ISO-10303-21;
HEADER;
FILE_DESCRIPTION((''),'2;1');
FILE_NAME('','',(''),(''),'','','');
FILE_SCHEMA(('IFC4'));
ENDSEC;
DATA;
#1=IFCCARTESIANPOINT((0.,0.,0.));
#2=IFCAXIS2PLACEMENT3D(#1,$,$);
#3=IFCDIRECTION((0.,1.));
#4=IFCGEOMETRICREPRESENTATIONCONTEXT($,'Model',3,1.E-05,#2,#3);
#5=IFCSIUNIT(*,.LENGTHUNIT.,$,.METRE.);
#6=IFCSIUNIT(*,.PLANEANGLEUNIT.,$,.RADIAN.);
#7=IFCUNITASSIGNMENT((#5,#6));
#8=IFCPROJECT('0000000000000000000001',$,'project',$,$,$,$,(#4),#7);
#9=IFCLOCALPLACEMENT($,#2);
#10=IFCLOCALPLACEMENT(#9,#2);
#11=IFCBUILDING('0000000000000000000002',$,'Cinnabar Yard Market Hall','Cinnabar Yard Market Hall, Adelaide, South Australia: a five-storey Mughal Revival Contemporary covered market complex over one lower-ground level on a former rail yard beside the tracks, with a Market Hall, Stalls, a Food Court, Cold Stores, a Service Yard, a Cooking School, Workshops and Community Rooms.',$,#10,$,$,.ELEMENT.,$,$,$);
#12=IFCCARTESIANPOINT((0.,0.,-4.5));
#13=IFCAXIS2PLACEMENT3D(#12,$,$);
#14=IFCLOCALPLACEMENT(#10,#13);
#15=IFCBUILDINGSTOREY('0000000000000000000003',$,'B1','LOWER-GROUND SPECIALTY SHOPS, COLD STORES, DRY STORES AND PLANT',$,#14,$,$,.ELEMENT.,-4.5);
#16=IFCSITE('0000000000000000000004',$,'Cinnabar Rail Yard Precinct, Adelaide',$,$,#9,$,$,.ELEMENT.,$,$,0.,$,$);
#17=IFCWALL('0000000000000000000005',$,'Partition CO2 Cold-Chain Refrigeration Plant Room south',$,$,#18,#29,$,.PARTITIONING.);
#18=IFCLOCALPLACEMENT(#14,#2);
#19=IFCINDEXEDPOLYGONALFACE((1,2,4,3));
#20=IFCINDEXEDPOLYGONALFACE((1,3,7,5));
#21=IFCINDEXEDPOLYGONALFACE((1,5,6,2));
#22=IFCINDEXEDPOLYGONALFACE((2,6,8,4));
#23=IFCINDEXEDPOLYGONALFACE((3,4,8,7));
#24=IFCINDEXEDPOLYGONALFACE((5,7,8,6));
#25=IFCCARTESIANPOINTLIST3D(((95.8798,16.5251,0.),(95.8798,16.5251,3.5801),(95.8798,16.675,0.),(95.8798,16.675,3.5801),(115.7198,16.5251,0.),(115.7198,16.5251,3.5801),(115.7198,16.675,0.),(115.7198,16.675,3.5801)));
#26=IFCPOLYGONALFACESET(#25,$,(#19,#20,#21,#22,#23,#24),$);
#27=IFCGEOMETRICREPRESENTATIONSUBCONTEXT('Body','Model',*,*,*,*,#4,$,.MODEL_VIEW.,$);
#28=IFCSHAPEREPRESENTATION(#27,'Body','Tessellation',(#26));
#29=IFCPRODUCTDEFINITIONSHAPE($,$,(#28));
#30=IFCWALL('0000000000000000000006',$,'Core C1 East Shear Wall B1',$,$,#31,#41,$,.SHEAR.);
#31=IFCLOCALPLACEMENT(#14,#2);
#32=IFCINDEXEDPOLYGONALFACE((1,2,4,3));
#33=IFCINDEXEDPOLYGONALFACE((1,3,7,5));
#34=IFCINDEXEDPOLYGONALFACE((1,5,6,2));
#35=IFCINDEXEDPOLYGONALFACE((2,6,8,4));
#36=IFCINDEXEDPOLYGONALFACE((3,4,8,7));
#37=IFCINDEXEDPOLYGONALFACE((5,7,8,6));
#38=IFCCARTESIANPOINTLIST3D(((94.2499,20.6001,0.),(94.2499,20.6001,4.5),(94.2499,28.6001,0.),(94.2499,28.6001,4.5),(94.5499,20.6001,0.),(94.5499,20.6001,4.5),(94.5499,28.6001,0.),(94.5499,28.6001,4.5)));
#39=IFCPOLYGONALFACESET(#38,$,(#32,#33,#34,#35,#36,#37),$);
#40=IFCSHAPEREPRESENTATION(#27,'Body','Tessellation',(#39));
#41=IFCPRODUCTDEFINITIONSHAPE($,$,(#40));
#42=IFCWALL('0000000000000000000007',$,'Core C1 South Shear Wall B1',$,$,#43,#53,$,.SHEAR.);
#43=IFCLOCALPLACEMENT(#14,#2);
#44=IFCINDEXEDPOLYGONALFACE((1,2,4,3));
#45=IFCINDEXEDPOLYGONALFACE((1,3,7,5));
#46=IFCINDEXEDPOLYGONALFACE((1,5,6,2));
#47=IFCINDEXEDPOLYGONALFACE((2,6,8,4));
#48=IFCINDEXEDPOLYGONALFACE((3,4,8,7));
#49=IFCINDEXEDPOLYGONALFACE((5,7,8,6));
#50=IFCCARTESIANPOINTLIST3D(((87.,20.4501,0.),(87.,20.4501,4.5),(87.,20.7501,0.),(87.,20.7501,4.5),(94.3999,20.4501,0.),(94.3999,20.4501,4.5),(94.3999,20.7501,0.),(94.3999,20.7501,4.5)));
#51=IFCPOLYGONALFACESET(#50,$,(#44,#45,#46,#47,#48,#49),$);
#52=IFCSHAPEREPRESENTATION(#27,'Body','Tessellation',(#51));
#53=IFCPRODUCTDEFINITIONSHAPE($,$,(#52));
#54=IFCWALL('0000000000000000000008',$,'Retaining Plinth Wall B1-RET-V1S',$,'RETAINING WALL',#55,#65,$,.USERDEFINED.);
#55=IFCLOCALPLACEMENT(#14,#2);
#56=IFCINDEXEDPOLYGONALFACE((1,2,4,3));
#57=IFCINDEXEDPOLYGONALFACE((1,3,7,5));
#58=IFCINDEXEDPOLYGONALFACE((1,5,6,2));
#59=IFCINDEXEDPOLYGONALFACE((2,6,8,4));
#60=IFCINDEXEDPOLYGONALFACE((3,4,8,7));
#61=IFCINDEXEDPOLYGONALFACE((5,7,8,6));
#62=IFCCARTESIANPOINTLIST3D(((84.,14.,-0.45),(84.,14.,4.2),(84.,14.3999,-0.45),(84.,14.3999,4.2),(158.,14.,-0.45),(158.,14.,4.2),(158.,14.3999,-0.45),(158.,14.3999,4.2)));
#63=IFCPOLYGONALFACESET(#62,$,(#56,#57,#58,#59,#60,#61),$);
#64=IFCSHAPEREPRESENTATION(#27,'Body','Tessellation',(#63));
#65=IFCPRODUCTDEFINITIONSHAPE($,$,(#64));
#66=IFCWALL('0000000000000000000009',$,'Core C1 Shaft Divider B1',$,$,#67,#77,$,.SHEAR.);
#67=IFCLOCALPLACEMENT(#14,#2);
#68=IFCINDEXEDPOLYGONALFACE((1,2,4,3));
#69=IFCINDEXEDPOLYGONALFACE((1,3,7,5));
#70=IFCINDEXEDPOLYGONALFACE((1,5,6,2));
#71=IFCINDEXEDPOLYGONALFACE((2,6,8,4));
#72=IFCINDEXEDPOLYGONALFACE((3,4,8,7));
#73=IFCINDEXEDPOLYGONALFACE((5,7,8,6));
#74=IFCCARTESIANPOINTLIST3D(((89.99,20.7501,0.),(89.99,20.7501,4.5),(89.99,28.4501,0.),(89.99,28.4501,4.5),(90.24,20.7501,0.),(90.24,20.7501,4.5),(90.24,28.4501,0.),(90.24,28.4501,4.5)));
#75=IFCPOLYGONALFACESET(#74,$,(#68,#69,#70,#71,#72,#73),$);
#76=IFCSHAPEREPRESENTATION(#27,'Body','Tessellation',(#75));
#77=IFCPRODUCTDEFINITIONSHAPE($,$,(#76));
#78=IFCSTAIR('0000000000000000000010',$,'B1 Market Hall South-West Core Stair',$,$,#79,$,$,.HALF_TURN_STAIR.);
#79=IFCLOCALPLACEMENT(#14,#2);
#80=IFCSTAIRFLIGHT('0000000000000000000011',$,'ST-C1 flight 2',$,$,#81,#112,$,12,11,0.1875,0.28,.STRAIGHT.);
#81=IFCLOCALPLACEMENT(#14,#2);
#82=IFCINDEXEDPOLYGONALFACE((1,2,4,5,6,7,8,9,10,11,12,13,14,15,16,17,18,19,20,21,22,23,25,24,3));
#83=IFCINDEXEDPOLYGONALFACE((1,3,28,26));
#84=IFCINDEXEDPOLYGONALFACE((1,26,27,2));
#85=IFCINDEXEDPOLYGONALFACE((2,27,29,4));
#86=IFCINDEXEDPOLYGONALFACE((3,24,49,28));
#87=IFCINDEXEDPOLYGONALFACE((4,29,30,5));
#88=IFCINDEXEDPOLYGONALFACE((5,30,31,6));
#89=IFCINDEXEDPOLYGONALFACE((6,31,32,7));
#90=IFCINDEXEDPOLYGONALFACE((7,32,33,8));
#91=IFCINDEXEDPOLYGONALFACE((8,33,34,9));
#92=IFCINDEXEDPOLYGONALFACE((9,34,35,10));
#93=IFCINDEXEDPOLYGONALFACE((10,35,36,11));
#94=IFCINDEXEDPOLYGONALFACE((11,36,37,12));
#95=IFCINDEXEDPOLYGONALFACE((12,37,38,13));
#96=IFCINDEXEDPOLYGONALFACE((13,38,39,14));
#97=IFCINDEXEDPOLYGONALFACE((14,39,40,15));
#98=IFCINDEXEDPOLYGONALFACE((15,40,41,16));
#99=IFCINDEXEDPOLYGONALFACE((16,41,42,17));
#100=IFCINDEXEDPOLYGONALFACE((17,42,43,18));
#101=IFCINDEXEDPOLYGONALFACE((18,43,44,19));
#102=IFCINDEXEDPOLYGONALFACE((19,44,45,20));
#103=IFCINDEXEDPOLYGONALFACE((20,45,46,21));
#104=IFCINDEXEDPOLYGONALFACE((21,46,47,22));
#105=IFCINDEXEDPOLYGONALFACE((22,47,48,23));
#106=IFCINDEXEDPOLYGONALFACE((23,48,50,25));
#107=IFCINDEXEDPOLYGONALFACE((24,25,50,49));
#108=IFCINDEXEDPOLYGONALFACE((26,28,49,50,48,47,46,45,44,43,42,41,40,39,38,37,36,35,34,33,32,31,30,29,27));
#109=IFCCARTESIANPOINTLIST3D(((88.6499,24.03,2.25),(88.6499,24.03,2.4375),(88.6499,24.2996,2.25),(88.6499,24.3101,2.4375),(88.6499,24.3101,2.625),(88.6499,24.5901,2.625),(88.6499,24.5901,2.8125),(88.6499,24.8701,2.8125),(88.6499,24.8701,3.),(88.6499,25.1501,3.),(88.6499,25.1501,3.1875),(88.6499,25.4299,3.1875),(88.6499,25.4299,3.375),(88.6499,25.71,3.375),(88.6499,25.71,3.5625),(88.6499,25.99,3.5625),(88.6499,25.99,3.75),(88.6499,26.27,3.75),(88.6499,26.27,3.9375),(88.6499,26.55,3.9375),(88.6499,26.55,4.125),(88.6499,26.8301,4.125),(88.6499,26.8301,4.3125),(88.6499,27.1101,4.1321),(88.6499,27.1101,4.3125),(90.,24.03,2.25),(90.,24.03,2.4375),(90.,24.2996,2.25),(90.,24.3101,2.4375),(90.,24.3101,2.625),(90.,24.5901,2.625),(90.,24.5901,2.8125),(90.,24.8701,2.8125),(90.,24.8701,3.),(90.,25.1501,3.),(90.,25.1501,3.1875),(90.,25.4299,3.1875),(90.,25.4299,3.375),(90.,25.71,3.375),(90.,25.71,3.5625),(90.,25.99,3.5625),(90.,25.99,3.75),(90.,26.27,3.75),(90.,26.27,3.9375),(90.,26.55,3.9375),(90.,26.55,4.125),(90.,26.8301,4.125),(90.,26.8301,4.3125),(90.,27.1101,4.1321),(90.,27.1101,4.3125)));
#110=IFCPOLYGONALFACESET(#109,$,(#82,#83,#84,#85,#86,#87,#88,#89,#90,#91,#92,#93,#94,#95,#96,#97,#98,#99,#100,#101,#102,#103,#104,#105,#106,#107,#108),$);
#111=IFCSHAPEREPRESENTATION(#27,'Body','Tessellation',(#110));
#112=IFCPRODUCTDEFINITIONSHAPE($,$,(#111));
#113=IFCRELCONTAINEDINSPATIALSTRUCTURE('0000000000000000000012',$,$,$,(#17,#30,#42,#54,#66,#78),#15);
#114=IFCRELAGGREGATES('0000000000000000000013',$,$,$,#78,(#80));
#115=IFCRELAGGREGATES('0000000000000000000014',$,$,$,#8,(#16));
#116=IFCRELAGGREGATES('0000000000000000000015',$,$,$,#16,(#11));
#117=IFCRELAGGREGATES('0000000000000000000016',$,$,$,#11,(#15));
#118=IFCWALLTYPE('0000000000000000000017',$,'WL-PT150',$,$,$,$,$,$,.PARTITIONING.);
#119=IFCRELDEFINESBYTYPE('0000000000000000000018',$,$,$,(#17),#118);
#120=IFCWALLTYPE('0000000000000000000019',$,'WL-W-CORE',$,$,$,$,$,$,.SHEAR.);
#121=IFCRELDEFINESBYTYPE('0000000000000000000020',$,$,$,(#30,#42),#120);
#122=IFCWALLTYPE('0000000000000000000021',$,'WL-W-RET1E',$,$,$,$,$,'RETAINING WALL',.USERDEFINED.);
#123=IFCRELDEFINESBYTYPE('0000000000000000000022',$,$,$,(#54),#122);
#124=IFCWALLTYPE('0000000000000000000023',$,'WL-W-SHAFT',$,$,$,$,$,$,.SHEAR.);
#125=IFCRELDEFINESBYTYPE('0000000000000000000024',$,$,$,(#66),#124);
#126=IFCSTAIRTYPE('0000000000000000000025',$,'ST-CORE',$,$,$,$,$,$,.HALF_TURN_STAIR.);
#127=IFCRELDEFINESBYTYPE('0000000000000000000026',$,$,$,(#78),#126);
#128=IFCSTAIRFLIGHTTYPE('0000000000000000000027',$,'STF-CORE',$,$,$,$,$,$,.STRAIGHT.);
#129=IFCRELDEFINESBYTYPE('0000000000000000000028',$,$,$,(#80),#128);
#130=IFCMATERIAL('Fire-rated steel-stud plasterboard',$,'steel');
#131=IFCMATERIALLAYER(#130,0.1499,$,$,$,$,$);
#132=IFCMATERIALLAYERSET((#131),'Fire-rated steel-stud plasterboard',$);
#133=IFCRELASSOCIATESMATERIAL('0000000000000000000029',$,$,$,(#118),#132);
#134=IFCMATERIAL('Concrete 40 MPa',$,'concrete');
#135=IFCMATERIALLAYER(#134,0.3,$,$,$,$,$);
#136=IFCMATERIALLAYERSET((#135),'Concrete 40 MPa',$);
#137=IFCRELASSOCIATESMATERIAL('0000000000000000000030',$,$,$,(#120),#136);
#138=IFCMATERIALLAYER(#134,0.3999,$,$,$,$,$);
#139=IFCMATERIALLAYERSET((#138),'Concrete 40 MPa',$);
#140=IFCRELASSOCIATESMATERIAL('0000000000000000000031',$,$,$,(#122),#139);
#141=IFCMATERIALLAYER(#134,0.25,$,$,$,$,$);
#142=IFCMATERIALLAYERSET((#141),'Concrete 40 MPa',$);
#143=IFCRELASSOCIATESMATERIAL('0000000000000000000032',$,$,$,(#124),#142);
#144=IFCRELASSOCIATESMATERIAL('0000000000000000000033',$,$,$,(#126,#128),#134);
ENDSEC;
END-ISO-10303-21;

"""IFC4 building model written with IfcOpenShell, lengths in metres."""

from ifc_helpers import new_model, si_unit, direction, frame, frame_2d, origin, place, context, subcontext, project, spatial, polyline, rectangle, outline, extrude, material, layer, layer_set, type_object, element, aggregate, save


model = new_model("IFC4")

# Units and contexts
model_context = context("Model", 3, precision=1e-05, world=origin(), true_north=direction((0.0, 1.0)))
body_context = subcontext(model_context, "Body", "Model", "MODEL_VIEW")
ifc_project = project(units=[si_unit("LENGTHUNIT", "METRE"), si_unit("PLANEANGLEUNIT", "RADIAN")], contexts=[model_context])

# Site, building, storey
site_placement = place(None, origin())
site = spatial("IfcSite", under=ifc_project, at=site_placement, Name="Cinnabar Rail Yard Precinct, Adelaide", CompositionType="ELEMENT", RefElevation=0.0)
building_placement = place(site_placement, origin())
building = spatial("IfcBuilding", under=site, at=building_placement, Name="Cinnabar Yard Market Hall", Description="Cinnabar Yard Market Hall, Adelaide, South Australia: a five-storey Mughal Revival Contemporary covered market complex over one lower-ground level on a former rail yard beside the tracks, with a Market Hall, Stalls, a Food Court, Cold Stores, a Service Yard, a Cooking School, Workshops and Community Rooms.", CompositionType="ELEMENT")
storey_placement = place(building_placement, frame((0.0, 0.0, -4.5)))
storey = spatial("IfcBuildingStorey", under=building, at=storey_placement, Name="B1", Description="LOWER-GROUND SPECIALTY SHOPS, COLD STORES, DRY STORES AND PLANT", CompositionType="ELEMENT", Elevation=-4.5)

# Shared definitions
ifc_material_1 = material(Name="Concrete 40 MPa", Category="concrete")

# Walls
ifc_material_2 = material(Name="Fire-rated steel-stud plasterboard", Category="steel")
ifc_layer_1 = layer(ifc_material_2, 0.1499)
ifc_layer_set_1 = layer_set([ifc_layer_1], Name="Fire-rated steel-stud plasterboard")
wall_type_1 = type_object("IfcWallType", Name="WL-PT150", PredefinedType="PARTITIONING", material=ifc_layer_set_1)
wall_1_placement = place(storey_placement, frame((95.8799, 16.6001, 0.0), z_axis=(0.0, 0.0, 1.0), x_axis=(1.0, 0.0, 0.0)))
element("IfcWall", 1, at=wall_1_placement, inside=storey, type_object=wall_type_1, Name="Partition CO2 Cold-Chain Refrigeration Plant Room south", PredefinedType="PARTITIONING", context=body_context, shape_type="SweptSolid", body=[
    extrude(rectangle(XDim=19.8401, YDim=0.1499, at=frame_2d((9.9199, 0.0), x_axis=(1.0, 0.0))), origin(), (0.0, 0.0, 1.0), 3.5801),
])
ifc_layer_2 = layer(ifc_material_1, 0.3)
ifc_layer_set_2 = layer_set([ifc_layer_2], Name="Concrete 40 MPa")
wall_type_2 = type_object("IfcWallType", Name="WL-W-CORE", PredefinedType="SHEAR", material=ifc_layer_set_2)
wall_2_placement = place(storey_placement, frame((94.3999, 20.6001, 0.0), z_axis=(0.0, 0.0, 1.0), x_axis=(0.0, 1.0, 0.0)))
element("IfcWall", 2, at=wall_2_placement, inside=storey, type_object=wall_type_2, Name="Core C1 East Shear Wall B1", PredefinedType="SHEAR", context=body_context, shape_type="SweptSolid", body=[
    extrude(rectangle(XDim=8.0, YDim=0.3, at=frame_2d((4.0, 0.0), x_axis=(1.0, 0.0))), origin(), (0.0, 0.0, 1.0), 4.5),
])
wall_3_placement = place(storey_placement, frame((87.0, 20.6001, 0.0), z_axis=(0.0, 0.0, 1.0), x_axis=(1.0, 0.0, 0.0)))
element("IfcWall", 3, at=wall_3_placement, inside=storey, type_object=wall_type_2, Name="Core C1 South Shear Wall B1", PredefinedType="SHEAR", context=body_context, shape_type="SweptSolid", body=[
    extrude(rectangle(XDim=7.3999, YDim=0.3, at=frame_2d((3.7, 0.0), x_axis=(1.0, 0.0))), origin(), (0.0, 0.0, 1.0), 4.5),
])
ifc_layer_3 = layer(ifc_material_1, 0.3999)
ifc_layer_set_3 = layer_set([ifc_layer_3], Name="Concrete 40 MPa")
wall_type_3 = type_object("IfcWallType", Name="WL-W-RET1E", ElementType="RETAINING WALL", PredefinedType="USERDEFINED", material=ifc_layer_set_3)
wall_4_placement = place(storey_placement, frame((84.0, 14.2, -0.45), z_axis=(0.0, 0.0, 1.0), x_axis=(1.0, 0.0, 0.0)))
element("IfcWall", 4, at=wall_4_placement, inside=storey, type_object=wall_type_3, Name="Retaining Plinth Wall B1-RET-V1S", ObjectType="RETAINING WALL", PredefinedType="USERDEFINED", context=body_context, shape_type="SweptSolid", body=[
    extrude(rectangle(XDim=74.0, YDim=0.3999, at=frame_2d((37.0, 0.0), x_axis=(1.0, 0.0))), origin(), (0.0, 0.0, 1.0), 4.6499),
])
ifc_layer_4 = layer(ifc_material_1, 0.25)
ifc_layer_set_4 = layer_set([ifc_layer_4], Name="Concrete 40 MPa")
wall_type_4 = type_object("IfcWallType", Name="WL-W-SHAFT", PredefinedType="SHEAR", material=ifc_layer_set_4)
wall_5_placement = place(storey_placement, frame((90.115, 20.75, 0.0), z_axis=(0.0, 0.0, 1.0), x_axis=(0.0, 1.0, 0.0)))
element("IfcWall", 5, at=wall_5_placement, inside=storey, type_object=wall_type_4, Name="Core C1 Shaft Divider B1", PredefinedType="SHEAR", context=body_context, shape_type="SweptSolid", body=[
    extrude(rectangle(XDim=7.7, YDim=0.25, at=frame_2d((3.8501, 0.0), x_axis=(1.0, 0.0))), origin(), (0.0, 0.0, 1.0), 4.5),
])

# Stair, stair flight
stair_type = type_object("IfcStairType", Name="ST-CORE", PredefinedType="HALF_TURN_STAIR", material=ifc_material_1)
stair_placement = place(storey_placement, origin())
stair = element("IfcStair", 6, at=stair_placement, inside=storey, type_object=stair_type, Name="B1 Market Hall South-West Core Stair", PredefinedType="HALF_TURN_STAIR")
stair_flight_type = type_object("IfcStairFlightType", Name="STF-CORE", PredefinedType="STRAIGHT", material=ifc_material_1)
stair_flight_placement = place(storey_placement, frame((89.325, 24.03, 2.25), z_axis=(0.0, 0.0, 1.0), x_axis=(0.0, 1.0, 0.0)))
stair_flight = element("IfcStairFlight", 7, at=stair_flight_placement, type_object=stair_flight_type, Name="ST-C1 flight 2", NumberOfRisers=12, NumberOfTreads=11, PredefinedType="STRAIGHT", RiserHeight=0.1875, TreadLength=0.28, context=body_context, shape_type="SweptSolid", body=[
    extrude(outline(polyline([(0.0, 0.0), (0.0, 0.1875), (0.28, 0.1875), (0.28, 0.375), (0.5601, 0.375), (0.5601, 0.5625), (0.8401, 0.5625), (0.8401, 0.75), (1.1201, 0.75), (1.1201, 0.9375), (1.3999, 0.9375), (1.3999, 1.125), (1.6799, 1.125), (1.6799, 1.3125), (1.96, 1.3125), (1.96, 1.5), (2.24, 1.5), (2.24, 1.6875), (2.52, 1.6875), (2.52, 1.875), (2.8, 1.875), (2.8, 2.0625), (3.0801, 2.0625), (3.0801, 2.25), (3.0801, 1.8821), (0.2695, 0.0), (0.0, 0.0)])), frame((0.0, 0.675, 0.0), z_axis=(0.0, -1.0, 0.0), x_axis=(1.0, 0.0, 0.0)), (0.0, 0.0, 1.0), 1.3501),
])
aggregate(stair, [stair_flight])

save(model, "model.ifc")
